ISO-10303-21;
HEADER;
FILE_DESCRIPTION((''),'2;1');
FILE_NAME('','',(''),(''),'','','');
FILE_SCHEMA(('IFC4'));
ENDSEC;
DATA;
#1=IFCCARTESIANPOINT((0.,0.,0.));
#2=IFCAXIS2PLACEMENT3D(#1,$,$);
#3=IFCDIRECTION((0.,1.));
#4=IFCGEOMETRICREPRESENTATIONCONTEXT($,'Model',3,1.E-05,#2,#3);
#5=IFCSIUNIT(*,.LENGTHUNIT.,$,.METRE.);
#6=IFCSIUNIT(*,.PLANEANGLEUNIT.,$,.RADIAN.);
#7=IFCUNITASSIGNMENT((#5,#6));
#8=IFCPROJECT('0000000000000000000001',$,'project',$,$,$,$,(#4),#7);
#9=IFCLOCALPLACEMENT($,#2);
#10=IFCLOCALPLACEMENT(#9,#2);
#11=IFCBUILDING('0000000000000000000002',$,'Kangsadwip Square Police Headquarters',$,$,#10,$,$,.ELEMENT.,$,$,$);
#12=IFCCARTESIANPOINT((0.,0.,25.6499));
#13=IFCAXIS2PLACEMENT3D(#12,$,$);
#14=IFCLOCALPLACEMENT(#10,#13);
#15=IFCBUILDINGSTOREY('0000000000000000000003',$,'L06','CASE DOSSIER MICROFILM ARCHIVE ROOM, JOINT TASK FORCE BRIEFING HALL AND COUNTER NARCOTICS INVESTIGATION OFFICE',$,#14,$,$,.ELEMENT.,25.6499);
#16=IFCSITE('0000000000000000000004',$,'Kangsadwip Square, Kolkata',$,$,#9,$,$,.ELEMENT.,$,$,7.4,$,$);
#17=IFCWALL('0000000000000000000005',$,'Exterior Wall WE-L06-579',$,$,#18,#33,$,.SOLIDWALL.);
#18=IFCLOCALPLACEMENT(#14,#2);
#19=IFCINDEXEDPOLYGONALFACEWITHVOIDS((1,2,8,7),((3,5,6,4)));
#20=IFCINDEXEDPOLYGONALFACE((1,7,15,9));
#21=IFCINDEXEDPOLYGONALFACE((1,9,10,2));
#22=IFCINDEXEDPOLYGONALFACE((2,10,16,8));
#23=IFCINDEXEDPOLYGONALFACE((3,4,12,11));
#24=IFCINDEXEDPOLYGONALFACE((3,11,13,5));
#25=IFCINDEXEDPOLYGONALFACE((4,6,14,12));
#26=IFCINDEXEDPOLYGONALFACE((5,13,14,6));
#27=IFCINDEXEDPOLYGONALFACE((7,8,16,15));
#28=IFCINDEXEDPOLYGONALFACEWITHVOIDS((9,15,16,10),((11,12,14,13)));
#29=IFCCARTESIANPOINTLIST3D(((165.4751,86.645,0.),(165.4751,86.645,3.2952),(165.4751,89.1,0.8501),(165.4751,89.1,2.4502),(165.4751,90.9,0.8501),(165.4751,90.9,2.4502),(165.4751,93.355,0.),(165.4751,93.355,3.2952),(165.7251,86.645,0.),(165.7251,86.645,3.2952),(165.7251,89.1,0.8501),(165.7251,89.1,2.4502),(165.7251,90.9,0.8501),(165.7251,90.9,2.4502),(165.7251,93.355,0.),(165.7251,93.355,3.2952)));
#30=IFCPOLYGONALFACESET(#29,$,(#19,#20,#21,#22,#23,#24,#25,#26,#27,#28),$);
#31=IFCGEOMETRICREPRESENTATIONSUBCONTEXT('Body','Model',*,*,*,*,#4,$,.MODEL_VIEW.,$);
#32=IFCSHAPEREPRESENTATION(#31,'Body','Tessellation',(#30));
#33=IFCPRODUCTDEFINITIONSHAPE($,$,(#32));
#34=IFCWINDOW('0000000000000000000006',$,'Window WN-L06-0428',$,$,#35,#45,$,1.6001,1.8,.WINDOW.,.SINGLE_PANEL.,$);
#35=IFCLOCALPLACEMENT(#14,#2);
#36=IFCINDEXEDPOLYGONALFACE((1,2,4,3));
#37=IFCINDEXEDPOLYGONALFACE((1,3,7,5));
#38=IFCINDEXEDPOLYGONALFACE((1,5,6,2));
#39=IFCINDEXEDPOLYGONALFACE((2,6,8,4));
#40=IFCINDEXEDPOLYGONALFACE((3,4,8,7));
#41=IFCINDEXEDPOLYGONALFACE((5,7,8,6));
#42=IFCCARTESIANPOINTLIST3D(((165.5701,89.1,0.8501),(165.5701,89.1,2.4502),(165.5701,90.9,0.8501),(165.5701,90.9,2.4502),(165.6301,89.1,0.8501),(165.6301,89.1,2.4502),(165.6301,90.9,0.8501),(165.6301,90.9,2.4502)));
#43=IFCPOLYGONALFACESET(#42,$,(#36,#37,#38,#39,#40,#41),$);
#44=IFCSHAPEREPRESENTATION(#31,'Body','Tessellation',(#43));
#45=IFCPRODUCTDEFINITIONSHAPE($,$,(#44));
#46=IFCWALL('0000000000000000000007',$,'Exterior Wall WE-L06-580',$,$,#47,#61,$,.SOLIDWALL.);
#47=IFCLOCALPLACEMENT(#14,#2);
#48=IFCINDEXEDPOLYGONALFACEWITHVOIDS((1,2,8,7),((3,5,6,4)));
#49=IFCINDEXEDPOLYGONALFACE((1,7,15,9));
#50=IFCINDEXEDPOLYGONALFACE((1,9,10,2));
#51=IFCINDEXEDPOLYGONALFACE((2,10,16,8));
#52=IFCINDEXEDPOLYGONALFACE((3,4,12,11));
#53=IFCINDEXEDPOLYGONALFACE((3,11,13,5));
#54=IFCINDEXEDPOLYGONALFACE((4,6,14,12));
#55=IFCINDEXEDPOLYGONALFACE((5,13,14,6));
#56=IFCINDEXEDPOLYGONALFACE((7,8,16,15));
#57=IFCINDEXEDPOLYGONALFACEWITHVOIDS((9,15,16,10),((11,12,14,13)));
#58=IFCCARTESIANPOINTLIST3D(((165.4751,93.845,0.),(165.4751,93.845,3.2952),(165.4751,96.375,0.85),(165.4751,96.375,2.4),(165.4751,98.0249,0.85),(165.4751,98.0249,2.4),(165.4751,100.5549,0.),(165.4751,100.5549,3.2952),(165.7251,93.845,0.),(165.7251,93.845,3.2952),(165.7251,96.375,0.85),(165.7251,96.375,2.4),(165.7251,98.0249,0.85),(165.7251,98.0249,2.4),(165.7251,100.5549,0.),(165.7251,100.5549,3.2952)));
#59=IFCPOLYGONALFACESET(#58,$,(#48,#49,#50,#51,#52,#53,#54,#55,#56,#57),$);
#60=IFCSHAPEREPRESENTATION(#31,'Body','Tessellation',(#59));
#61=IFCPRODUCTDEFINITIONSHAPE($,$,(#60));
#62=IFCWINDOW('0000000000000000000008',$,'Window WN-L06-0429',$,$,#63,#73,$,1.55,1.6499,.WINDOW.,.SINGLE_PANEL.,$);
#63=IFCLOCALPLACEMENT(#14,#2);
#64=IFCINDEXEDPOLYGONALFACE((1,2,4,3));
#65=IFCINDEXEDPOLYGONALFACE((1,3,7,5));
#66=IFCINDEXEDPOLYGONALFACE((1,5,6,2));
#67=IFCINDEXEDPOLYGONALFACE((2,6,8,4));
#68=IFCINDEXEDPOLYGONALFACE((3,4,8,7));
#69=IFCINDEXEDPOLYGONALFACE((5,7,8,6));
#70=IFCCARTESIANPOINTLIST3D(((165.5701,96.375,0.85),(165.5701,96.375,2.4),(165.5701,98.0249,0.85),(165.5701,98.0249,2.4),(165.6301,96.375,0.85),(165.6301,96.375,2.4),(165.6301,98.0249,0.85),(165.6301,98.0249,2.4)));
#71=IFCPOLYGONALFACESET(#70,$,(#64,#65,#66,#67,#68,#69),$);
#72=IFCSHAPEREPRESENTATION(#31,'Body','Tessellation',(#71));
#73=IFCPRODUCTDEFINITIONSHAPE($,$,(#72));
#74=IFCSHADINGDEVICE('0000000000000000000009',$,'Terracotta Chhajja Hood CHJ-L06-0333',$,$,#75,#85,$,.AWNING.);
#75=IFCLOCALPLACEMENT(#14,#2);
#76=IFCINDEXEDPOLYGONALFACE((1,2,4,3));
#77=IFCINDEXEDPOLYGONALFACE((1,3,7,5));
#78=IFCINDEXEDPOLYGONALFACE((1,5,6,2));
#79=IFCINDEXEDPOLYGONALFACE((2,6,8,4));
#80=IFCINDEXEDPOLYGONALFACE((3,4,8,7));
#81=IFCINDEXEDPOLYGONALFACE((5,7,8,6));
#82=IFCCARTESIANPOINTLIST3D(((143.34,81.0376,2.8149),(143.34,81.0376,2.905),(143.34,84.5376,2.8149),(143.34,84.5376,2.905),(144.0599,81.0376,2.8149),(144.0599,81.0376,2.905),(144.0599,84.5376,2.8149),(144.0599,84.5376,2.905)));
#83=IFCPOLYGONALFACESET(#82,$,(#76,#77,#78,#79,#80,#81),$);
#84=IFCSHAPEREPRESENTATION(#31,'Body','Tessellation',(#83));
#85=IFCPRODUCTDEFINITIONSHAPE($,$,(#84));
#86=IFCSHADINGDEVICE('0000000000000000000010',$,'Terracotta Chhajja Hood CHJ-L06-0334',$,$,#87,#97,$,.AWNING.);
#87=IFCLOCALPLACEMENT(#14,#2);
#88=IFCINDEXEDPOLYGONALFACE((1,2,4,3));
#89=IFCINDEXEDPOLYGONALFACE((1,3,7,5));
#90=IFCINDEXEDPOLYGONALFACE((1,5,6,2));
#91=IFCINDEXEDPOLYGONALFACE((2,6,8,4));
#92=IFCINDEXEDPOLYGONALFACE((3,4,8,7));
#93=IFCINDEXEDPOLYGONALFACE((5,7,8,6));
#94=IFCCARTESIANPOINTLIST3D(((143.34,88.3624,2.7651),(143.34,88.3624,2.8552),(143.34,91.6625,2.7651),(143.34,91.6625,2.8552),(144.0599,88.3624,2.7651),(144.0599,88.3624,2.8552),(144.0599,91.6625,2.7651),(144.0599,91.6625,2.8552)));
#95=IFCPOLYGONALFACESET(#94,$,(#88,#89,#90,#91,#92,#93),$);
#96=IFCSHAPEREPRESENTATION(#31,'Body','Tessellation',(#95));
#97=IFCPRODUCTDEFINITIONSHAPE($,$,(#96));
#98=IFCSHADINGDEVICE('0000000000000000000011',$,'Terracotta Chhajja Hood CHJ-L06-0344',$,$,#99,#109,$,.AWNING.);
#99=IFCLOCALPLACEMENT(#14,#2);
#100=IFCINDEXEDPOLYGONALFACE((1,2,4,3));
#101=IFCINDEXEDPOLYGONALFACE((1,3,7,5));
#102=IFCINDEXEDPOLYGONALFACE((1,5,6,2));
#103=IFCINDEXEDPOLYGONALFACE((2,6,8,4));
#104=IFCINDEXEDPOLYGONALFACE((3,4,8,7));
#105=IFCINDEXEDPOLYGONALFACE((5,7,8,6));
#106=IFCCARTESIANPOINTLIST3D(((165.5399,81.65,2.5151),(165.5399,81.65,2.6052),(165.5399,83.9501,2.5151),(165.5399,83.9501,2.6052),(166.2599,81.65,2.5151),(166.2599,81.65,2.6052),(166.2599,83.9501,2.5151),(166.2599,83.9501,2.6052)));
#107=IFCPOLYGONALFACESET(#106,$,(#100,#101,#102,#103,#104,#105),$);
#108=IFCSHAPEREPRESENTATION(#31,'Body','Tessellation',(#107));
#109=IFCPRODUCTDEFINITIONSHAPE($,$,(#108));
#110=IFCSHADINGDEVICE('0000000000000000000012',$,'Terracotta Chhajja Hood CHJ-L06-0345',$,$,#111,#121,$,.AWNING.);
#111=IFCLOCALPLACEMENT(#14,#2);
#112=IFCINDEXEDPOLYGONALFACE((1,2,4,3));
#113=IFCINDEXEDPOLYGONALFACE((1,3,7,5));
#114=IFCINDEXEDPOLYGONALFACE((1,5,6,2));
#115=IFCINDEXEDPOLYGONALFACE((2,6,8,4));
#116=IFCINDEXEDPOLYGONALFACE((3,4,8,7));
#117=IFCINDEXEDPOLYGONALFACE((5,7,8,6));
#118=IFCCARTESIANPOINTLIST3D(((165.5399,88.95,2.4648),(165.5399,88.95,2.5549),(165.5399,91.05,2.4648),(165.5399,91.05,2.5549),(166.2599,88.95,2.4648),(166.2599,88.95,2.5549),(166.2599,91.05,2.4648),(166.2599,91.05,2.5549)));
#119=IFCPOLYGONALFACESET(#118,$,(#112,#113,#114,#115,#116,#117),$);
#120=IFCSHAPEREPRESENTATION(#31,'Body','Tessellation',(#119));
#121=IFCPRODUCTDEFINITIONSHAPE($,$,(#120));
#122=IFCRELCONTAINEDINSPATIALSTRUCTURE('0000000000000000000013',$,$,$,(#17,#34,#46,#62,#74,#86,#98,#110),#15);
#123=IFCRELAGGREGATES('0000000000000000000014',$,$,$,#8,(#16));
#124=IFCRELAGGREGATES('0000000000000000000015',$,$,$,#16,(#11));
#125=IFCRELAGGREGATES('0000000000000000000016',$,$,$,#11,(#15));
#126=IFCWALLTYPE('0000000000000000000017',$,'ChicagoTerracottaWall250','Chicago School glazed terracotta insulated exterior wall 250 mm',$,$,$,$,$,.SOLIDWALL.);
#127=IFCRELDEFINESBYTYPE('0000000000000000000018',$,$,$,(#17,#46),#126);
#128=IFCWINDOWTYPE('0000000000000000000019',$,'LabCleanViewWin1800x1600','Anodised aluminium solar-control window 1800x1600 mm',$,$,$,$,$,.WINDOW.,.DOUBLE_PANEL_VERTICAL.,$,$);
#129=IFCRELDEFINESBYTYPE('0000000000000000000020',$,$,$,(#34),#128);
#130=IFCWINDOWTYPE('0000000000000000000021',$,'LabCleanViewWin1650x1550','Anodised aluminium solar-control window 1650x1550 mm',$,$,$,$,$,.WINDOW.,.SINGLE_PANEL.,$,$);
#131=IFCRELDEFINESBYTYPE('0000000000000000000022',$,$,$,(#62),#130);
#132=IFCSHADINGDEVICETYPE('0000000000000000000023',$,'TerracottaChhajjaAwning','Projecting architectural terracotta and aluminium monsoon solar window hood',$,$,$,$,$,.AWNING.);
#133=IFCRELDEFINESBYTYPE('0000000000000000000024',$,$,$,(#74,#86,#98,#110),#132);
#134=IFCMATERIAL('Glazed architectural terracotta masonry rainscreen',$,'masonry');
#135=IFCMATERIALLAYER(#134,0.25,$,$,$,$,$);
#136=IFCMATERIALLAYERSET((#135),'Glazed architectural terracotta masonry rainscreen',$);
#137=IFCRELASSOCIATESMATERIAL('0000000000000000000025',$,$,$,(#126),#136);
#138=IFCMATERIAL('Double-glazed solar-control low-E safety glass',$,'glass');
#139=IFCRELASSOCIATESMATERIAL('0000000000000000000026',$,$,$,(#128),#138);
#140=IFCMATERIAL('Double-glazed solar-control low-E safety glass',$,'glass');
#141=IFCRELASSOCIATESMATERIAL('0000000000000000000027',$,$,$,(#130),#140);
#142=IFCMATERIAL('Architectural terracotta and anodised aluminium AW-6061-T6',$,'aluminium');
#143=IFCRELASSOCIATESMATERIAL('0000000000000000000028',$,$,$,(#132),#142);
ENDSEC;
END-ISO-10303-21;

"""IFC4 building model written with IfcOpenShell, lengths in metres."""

from ifc_helpers import new_model, si_unit, direction, frame, frame_2d, origin, origin_2d, place, context, subcontext, project, spatial, rectangle, extrude, material, layer, layer_set, type_object, element, fill, save


model = new_model("IFC4")

# Units and contexts
model_context = context("Model", 3, precision=1e-05, world=origin(), true_north=direction((0.0, 1.0)))
body_context = subcontext(model_context, "Body", "Model", "MODEL_VIEW")
ifc_project = project(units=[si_unit("LENGTHUNIT", "METRE"), si_unit("PLANEANGLEUNIT", "RADIAN")], contexts=[model_context])

# Site, building, storey
site_placement = place(None, origin())
site = spatial("IfcSite", under=ifc_project, at=site_placement, Name="Kangsadwip Square, Kolkata", CompositionType="ELEMENT", RefElevation=7.4)
building_placement = place(site_placement, origin())
building = spatial("IfcBuilding", under=site, at=building_placement, Name="Kangsadwip Square Police Headquarters", CompositionType="ELEMENT")
storey_placement = place(building_placement, frame((0.0, 0.0, 25.6499)))
storey = spatial("IfcBuildingStorey", under=building, at=storey_placement, Name="L06", Description="CASE DOSSIER MICROFILM ARCHIVE ROOM, JOINT TASK FORCE BRIEFING HALL AND COUNTER NARCOTICS INVESTIGATION OFFICE", CompositionType="ELEMENT", Elevation=25.6499)

# Walls, openings, windows
ifc_material_1 = material(Name="Glazed architectural terracotta masonry rainscreen", Category="masonry")
ifc_layer_1 = layer(ifc_material_1, 0.25)
ifc_layer_set_1 = layer_set([ifc_layer_1], Name="Glazed architectural terracotta masonry rainscreen")
wall_type = type_object("IfcWallType", Name="ChicagoTerracottaWall250", Description="Chicago School glazed terracotta insulated exterior wall 250 mm", PredefinedType="SOLIDWALL", material=ifc_layer_set_1)
wall_1_placement = place(storey_placement, frame((165.6001, 86.645, 0.0), z_axis=(0.0, 0.0, 1.0), x_axis=(0.0, 1.0, 0.0)))
wall_1 = element("IfcWall", 1, at=wall_1_placement, inside=storey, type_object=wall_type, Name="Exterior Wall WE-L06-579", PredefinedType="SOLIDWALL", context=body_context, shape_type="SweptSolid", body=[
    extrude(rectangle(XDim=6.71, YDim=0.25, at=frame_2d((3.355, 0.0))), origin(), (0.0, 0.0, 1.0), 3.2952),
])
opening_1_placement = place(wall_1_placement, frame((2.4551, 0.0, 0.8501)))
opening_1 = element("IfcOpeningElement", 2, at=opening_1_placement, cuts=wall_1, PredefinedType="OPENING", context=body_context, shape_type="SweptSolid", body=[
    extrude(rectangle(XDim=1.8, YDim=1.6001, at=frame_2d((0.8999, 0.8))), frame((0.0, 0.135, 0.0), z_axis=(0.0, -1.0, 0.0), x_axis=(1.0, 0.0, 0.0)), (0.0, 0.0, 1.0), 0.27),
])
ifc_material_2 = material(Name="Double-glazed solar-control low-E safety glass", Category="glass")
window_type_1 = type_object("IfcWindowType", Name="LabCleanViewWin1800x1600", Description="Anodised aluminium solar-control window 1800x1600 mm", PartitioningType="DOUBLE_PANEL_VERTICAL", PredefinedType="WINDOW", material=ifc_material_2)
window_1_placement = place(opening_1_placement, origin())
window_1 = element("IfcWindow", 3, at=window_1_placement, inside=storey, type_object=window_type_1, Name="Window WN-L06-0428", OverallHeight=1.6001, OverallWidth=1.8, PartitioningType="SINGLE_PANEL", PredefinedType="WINDOW", context=body_context, shape_type="SweptSolid", body=[
    extrude(rectangle(XDim=1.8, YDim=1.6001, at=frame_2d((0.8999, 0.8))), frame((0.0, 0.03, 0.0), z_axis=(0.0, -1.0, 0.0), x_axis=(1.0, 0.0, 0.0)), (0.0, 0.0, 1.0), 0.0601),
])
fill(opening_1, window_1)
wall_2_placement = place(storey_placement, frame((165.6001, 93.845, 0.0), z_axis=(0.0, 0.0, 1.0), x_axis=(0.0, 1.0, 0.0)))
wall_2 = element("IfcWall", 4, at=wall_2_placement, inside=storey, type_object=wall_type, Name="Exterior Wall WE-L06-580", PredefinedType="SOLIDWALL", context=body_context, shape_type="SweptSolid", body=[
    extrude(rectangle(XDim=6.71, YDim=0.25, at=frame_2d((3.355, 0.0))), origin(), (0.0, 0.0, 1.0), 3.2952),
])
opening_2_placement = place(wall_2_placement, frame((2.53, 0.0, 0.8501)))
opening_2 = element("IfcOpeningElement", 5, at=opening_2_placement, cuts=wall_2, PredefinedType="OPENING", context=body_context, shape_type="SweptSolid", body=[
    extrude(rectangle(XDim=1.6499, YDim=1.55, at=frame_2d((0.825, 0.7749))), frame((0.0, 0.135, 0.0), z_axis=(0.0, -1.0, 0.0), x_axis=(1.0, 0.0, 0.0)), (0.0, 0.0, 1.0), 0.27),
])
ifc_material_3 = material(Name="Double-glazed solar-control low-E safety glass", Category="glass")
window_type_2 = type_object("IfcWindowType", Name="LabCleanViewWin1650x1550", Description="Anodised aluminium solar-control window 1650x1550 mm", PartitioningType="SINGLE_PANEL", PredefinedType="WINDOW", material=ifc_material_3)
window_2_placement = place(opening_2_placement, origin())
window_2 = element("IfcWindow", 6, at=window_2_placement, inside=storey, type_object=window_type_2, Name="Window WN-L06-0429", OverallHeight=1.55, OverallWidth=1.6499, PartitioningType="SINGLE_PANEL", PredefinedType="WINDOW", context=body_context, shape_type="SweptSolid", body=[
    extrude(rectangle(XDim=1.6499, YDim=1.55, at=frame_2d((0.825, 0.7749))), frame((0.0, 0.03, 0.0), z_axis=(0.0, -1.0, 0.0), x_axis=(1.0, 0.0, 0.0)), (0.0, 0.0, 1.0), 0.0601),
])
fill(opening_2, window_2)

# Shading devices
ifc_material_4 = material(Name="Architectural terracotta and anodised aluminium AW-6061-T6", Category="aluminium")
shading_device_type = type_object("IfcShadingDeviceType", Name="TerracottaChhajjaAwning", Description="Projecting architectural terracotta and aluminium monsoon solar window hood", PredefinedType="AWNING", material=ifc_material_4)
shading_device_1_placement = place(storey_placement, frame((143.7, 82.7876, 2.8149), z_axis=(0.0, 0.0, 1.0), x_axis=(0.0, 1.0, 0.0)))
element("IfcShadingDevice", 7, at=shading_device_1_placement, inside=storey, type_object=shading_device_type, Name="Terracotta Chhajja Hood CHJ-L06-0333", PredefinedType="AWNING", context=body_context, shape_type="SweptSolid", body=[
    extrude(rectangle(XDim=3.5, YDim=0.72, at=origin_2d()), origin(), (0.0, 0.0, 1.0), 0.0901),
])
shading_device_2_placement = place(storey_placement, frame((143.7, 90.0125, 2.7651), z_axis=(0.0, 0.0, 1.0), x_axis=(0.0, 1.0, 0.0)))
element("IfcShadingDevice", 8, at=shading_device_2_placement, inside=storey, type_object=shading_device_type, Name="Terracotta Chhajja Hood CHJ-L06-0334", PredefinedType="AWNING", context=body_context, shape_type="SweptSolid", body=[
    extrude(rectangle(XDim=3.3, YDim=0.72, at=origin_2d()), origin(), (0.0, 0.0, 1.0), 0.0901),
])
shading_device_3_placement = place(storey_placement, frame((165.8999, 82.8, 2.5151), z_axis=(0.0, 0.0, 1.0), x_axis=(0.0, 1.0, 0.0)))
element("IfcShadingDevice", 9, at=shading_device_3_placement, inside=storey, type_object=shading_device_type, Name="Terracotta Chhajja Hood CHJ-L06-0344", PredefinedType="AWNING", context=body_context, shape_type="SweptSolid", body=[
    extrude(rectangle(XDim=2.3, YDim=0.72, at=origin_2d()), origin(), (0.0, 0.0, 1.0), 0.0901),
])
shading_device_4_placement = place(storey_placement, frame((165.8999, 90.0, 2.4648), z_axis=(0.0, 0.0, 1.0), x_axis=(0.0, 1.0, 0.0)))
element("IfcShadingDevice", 10, at=shading_device_4_placement, inside=storey, type_object=shading_device_type, Name="Terracotta Chhajja Hood CHJ-L06-0345", PredefinedType="AWNING", context=body_context, shape_type="SweptSolid", body=[
    extrude(rectangle(XDim=2.1001, YDim=0.72, at=origin_2d()), origin(), (0.0, 0.0, 1.0), 0.0901),
])

save(model, "model.ifc")
